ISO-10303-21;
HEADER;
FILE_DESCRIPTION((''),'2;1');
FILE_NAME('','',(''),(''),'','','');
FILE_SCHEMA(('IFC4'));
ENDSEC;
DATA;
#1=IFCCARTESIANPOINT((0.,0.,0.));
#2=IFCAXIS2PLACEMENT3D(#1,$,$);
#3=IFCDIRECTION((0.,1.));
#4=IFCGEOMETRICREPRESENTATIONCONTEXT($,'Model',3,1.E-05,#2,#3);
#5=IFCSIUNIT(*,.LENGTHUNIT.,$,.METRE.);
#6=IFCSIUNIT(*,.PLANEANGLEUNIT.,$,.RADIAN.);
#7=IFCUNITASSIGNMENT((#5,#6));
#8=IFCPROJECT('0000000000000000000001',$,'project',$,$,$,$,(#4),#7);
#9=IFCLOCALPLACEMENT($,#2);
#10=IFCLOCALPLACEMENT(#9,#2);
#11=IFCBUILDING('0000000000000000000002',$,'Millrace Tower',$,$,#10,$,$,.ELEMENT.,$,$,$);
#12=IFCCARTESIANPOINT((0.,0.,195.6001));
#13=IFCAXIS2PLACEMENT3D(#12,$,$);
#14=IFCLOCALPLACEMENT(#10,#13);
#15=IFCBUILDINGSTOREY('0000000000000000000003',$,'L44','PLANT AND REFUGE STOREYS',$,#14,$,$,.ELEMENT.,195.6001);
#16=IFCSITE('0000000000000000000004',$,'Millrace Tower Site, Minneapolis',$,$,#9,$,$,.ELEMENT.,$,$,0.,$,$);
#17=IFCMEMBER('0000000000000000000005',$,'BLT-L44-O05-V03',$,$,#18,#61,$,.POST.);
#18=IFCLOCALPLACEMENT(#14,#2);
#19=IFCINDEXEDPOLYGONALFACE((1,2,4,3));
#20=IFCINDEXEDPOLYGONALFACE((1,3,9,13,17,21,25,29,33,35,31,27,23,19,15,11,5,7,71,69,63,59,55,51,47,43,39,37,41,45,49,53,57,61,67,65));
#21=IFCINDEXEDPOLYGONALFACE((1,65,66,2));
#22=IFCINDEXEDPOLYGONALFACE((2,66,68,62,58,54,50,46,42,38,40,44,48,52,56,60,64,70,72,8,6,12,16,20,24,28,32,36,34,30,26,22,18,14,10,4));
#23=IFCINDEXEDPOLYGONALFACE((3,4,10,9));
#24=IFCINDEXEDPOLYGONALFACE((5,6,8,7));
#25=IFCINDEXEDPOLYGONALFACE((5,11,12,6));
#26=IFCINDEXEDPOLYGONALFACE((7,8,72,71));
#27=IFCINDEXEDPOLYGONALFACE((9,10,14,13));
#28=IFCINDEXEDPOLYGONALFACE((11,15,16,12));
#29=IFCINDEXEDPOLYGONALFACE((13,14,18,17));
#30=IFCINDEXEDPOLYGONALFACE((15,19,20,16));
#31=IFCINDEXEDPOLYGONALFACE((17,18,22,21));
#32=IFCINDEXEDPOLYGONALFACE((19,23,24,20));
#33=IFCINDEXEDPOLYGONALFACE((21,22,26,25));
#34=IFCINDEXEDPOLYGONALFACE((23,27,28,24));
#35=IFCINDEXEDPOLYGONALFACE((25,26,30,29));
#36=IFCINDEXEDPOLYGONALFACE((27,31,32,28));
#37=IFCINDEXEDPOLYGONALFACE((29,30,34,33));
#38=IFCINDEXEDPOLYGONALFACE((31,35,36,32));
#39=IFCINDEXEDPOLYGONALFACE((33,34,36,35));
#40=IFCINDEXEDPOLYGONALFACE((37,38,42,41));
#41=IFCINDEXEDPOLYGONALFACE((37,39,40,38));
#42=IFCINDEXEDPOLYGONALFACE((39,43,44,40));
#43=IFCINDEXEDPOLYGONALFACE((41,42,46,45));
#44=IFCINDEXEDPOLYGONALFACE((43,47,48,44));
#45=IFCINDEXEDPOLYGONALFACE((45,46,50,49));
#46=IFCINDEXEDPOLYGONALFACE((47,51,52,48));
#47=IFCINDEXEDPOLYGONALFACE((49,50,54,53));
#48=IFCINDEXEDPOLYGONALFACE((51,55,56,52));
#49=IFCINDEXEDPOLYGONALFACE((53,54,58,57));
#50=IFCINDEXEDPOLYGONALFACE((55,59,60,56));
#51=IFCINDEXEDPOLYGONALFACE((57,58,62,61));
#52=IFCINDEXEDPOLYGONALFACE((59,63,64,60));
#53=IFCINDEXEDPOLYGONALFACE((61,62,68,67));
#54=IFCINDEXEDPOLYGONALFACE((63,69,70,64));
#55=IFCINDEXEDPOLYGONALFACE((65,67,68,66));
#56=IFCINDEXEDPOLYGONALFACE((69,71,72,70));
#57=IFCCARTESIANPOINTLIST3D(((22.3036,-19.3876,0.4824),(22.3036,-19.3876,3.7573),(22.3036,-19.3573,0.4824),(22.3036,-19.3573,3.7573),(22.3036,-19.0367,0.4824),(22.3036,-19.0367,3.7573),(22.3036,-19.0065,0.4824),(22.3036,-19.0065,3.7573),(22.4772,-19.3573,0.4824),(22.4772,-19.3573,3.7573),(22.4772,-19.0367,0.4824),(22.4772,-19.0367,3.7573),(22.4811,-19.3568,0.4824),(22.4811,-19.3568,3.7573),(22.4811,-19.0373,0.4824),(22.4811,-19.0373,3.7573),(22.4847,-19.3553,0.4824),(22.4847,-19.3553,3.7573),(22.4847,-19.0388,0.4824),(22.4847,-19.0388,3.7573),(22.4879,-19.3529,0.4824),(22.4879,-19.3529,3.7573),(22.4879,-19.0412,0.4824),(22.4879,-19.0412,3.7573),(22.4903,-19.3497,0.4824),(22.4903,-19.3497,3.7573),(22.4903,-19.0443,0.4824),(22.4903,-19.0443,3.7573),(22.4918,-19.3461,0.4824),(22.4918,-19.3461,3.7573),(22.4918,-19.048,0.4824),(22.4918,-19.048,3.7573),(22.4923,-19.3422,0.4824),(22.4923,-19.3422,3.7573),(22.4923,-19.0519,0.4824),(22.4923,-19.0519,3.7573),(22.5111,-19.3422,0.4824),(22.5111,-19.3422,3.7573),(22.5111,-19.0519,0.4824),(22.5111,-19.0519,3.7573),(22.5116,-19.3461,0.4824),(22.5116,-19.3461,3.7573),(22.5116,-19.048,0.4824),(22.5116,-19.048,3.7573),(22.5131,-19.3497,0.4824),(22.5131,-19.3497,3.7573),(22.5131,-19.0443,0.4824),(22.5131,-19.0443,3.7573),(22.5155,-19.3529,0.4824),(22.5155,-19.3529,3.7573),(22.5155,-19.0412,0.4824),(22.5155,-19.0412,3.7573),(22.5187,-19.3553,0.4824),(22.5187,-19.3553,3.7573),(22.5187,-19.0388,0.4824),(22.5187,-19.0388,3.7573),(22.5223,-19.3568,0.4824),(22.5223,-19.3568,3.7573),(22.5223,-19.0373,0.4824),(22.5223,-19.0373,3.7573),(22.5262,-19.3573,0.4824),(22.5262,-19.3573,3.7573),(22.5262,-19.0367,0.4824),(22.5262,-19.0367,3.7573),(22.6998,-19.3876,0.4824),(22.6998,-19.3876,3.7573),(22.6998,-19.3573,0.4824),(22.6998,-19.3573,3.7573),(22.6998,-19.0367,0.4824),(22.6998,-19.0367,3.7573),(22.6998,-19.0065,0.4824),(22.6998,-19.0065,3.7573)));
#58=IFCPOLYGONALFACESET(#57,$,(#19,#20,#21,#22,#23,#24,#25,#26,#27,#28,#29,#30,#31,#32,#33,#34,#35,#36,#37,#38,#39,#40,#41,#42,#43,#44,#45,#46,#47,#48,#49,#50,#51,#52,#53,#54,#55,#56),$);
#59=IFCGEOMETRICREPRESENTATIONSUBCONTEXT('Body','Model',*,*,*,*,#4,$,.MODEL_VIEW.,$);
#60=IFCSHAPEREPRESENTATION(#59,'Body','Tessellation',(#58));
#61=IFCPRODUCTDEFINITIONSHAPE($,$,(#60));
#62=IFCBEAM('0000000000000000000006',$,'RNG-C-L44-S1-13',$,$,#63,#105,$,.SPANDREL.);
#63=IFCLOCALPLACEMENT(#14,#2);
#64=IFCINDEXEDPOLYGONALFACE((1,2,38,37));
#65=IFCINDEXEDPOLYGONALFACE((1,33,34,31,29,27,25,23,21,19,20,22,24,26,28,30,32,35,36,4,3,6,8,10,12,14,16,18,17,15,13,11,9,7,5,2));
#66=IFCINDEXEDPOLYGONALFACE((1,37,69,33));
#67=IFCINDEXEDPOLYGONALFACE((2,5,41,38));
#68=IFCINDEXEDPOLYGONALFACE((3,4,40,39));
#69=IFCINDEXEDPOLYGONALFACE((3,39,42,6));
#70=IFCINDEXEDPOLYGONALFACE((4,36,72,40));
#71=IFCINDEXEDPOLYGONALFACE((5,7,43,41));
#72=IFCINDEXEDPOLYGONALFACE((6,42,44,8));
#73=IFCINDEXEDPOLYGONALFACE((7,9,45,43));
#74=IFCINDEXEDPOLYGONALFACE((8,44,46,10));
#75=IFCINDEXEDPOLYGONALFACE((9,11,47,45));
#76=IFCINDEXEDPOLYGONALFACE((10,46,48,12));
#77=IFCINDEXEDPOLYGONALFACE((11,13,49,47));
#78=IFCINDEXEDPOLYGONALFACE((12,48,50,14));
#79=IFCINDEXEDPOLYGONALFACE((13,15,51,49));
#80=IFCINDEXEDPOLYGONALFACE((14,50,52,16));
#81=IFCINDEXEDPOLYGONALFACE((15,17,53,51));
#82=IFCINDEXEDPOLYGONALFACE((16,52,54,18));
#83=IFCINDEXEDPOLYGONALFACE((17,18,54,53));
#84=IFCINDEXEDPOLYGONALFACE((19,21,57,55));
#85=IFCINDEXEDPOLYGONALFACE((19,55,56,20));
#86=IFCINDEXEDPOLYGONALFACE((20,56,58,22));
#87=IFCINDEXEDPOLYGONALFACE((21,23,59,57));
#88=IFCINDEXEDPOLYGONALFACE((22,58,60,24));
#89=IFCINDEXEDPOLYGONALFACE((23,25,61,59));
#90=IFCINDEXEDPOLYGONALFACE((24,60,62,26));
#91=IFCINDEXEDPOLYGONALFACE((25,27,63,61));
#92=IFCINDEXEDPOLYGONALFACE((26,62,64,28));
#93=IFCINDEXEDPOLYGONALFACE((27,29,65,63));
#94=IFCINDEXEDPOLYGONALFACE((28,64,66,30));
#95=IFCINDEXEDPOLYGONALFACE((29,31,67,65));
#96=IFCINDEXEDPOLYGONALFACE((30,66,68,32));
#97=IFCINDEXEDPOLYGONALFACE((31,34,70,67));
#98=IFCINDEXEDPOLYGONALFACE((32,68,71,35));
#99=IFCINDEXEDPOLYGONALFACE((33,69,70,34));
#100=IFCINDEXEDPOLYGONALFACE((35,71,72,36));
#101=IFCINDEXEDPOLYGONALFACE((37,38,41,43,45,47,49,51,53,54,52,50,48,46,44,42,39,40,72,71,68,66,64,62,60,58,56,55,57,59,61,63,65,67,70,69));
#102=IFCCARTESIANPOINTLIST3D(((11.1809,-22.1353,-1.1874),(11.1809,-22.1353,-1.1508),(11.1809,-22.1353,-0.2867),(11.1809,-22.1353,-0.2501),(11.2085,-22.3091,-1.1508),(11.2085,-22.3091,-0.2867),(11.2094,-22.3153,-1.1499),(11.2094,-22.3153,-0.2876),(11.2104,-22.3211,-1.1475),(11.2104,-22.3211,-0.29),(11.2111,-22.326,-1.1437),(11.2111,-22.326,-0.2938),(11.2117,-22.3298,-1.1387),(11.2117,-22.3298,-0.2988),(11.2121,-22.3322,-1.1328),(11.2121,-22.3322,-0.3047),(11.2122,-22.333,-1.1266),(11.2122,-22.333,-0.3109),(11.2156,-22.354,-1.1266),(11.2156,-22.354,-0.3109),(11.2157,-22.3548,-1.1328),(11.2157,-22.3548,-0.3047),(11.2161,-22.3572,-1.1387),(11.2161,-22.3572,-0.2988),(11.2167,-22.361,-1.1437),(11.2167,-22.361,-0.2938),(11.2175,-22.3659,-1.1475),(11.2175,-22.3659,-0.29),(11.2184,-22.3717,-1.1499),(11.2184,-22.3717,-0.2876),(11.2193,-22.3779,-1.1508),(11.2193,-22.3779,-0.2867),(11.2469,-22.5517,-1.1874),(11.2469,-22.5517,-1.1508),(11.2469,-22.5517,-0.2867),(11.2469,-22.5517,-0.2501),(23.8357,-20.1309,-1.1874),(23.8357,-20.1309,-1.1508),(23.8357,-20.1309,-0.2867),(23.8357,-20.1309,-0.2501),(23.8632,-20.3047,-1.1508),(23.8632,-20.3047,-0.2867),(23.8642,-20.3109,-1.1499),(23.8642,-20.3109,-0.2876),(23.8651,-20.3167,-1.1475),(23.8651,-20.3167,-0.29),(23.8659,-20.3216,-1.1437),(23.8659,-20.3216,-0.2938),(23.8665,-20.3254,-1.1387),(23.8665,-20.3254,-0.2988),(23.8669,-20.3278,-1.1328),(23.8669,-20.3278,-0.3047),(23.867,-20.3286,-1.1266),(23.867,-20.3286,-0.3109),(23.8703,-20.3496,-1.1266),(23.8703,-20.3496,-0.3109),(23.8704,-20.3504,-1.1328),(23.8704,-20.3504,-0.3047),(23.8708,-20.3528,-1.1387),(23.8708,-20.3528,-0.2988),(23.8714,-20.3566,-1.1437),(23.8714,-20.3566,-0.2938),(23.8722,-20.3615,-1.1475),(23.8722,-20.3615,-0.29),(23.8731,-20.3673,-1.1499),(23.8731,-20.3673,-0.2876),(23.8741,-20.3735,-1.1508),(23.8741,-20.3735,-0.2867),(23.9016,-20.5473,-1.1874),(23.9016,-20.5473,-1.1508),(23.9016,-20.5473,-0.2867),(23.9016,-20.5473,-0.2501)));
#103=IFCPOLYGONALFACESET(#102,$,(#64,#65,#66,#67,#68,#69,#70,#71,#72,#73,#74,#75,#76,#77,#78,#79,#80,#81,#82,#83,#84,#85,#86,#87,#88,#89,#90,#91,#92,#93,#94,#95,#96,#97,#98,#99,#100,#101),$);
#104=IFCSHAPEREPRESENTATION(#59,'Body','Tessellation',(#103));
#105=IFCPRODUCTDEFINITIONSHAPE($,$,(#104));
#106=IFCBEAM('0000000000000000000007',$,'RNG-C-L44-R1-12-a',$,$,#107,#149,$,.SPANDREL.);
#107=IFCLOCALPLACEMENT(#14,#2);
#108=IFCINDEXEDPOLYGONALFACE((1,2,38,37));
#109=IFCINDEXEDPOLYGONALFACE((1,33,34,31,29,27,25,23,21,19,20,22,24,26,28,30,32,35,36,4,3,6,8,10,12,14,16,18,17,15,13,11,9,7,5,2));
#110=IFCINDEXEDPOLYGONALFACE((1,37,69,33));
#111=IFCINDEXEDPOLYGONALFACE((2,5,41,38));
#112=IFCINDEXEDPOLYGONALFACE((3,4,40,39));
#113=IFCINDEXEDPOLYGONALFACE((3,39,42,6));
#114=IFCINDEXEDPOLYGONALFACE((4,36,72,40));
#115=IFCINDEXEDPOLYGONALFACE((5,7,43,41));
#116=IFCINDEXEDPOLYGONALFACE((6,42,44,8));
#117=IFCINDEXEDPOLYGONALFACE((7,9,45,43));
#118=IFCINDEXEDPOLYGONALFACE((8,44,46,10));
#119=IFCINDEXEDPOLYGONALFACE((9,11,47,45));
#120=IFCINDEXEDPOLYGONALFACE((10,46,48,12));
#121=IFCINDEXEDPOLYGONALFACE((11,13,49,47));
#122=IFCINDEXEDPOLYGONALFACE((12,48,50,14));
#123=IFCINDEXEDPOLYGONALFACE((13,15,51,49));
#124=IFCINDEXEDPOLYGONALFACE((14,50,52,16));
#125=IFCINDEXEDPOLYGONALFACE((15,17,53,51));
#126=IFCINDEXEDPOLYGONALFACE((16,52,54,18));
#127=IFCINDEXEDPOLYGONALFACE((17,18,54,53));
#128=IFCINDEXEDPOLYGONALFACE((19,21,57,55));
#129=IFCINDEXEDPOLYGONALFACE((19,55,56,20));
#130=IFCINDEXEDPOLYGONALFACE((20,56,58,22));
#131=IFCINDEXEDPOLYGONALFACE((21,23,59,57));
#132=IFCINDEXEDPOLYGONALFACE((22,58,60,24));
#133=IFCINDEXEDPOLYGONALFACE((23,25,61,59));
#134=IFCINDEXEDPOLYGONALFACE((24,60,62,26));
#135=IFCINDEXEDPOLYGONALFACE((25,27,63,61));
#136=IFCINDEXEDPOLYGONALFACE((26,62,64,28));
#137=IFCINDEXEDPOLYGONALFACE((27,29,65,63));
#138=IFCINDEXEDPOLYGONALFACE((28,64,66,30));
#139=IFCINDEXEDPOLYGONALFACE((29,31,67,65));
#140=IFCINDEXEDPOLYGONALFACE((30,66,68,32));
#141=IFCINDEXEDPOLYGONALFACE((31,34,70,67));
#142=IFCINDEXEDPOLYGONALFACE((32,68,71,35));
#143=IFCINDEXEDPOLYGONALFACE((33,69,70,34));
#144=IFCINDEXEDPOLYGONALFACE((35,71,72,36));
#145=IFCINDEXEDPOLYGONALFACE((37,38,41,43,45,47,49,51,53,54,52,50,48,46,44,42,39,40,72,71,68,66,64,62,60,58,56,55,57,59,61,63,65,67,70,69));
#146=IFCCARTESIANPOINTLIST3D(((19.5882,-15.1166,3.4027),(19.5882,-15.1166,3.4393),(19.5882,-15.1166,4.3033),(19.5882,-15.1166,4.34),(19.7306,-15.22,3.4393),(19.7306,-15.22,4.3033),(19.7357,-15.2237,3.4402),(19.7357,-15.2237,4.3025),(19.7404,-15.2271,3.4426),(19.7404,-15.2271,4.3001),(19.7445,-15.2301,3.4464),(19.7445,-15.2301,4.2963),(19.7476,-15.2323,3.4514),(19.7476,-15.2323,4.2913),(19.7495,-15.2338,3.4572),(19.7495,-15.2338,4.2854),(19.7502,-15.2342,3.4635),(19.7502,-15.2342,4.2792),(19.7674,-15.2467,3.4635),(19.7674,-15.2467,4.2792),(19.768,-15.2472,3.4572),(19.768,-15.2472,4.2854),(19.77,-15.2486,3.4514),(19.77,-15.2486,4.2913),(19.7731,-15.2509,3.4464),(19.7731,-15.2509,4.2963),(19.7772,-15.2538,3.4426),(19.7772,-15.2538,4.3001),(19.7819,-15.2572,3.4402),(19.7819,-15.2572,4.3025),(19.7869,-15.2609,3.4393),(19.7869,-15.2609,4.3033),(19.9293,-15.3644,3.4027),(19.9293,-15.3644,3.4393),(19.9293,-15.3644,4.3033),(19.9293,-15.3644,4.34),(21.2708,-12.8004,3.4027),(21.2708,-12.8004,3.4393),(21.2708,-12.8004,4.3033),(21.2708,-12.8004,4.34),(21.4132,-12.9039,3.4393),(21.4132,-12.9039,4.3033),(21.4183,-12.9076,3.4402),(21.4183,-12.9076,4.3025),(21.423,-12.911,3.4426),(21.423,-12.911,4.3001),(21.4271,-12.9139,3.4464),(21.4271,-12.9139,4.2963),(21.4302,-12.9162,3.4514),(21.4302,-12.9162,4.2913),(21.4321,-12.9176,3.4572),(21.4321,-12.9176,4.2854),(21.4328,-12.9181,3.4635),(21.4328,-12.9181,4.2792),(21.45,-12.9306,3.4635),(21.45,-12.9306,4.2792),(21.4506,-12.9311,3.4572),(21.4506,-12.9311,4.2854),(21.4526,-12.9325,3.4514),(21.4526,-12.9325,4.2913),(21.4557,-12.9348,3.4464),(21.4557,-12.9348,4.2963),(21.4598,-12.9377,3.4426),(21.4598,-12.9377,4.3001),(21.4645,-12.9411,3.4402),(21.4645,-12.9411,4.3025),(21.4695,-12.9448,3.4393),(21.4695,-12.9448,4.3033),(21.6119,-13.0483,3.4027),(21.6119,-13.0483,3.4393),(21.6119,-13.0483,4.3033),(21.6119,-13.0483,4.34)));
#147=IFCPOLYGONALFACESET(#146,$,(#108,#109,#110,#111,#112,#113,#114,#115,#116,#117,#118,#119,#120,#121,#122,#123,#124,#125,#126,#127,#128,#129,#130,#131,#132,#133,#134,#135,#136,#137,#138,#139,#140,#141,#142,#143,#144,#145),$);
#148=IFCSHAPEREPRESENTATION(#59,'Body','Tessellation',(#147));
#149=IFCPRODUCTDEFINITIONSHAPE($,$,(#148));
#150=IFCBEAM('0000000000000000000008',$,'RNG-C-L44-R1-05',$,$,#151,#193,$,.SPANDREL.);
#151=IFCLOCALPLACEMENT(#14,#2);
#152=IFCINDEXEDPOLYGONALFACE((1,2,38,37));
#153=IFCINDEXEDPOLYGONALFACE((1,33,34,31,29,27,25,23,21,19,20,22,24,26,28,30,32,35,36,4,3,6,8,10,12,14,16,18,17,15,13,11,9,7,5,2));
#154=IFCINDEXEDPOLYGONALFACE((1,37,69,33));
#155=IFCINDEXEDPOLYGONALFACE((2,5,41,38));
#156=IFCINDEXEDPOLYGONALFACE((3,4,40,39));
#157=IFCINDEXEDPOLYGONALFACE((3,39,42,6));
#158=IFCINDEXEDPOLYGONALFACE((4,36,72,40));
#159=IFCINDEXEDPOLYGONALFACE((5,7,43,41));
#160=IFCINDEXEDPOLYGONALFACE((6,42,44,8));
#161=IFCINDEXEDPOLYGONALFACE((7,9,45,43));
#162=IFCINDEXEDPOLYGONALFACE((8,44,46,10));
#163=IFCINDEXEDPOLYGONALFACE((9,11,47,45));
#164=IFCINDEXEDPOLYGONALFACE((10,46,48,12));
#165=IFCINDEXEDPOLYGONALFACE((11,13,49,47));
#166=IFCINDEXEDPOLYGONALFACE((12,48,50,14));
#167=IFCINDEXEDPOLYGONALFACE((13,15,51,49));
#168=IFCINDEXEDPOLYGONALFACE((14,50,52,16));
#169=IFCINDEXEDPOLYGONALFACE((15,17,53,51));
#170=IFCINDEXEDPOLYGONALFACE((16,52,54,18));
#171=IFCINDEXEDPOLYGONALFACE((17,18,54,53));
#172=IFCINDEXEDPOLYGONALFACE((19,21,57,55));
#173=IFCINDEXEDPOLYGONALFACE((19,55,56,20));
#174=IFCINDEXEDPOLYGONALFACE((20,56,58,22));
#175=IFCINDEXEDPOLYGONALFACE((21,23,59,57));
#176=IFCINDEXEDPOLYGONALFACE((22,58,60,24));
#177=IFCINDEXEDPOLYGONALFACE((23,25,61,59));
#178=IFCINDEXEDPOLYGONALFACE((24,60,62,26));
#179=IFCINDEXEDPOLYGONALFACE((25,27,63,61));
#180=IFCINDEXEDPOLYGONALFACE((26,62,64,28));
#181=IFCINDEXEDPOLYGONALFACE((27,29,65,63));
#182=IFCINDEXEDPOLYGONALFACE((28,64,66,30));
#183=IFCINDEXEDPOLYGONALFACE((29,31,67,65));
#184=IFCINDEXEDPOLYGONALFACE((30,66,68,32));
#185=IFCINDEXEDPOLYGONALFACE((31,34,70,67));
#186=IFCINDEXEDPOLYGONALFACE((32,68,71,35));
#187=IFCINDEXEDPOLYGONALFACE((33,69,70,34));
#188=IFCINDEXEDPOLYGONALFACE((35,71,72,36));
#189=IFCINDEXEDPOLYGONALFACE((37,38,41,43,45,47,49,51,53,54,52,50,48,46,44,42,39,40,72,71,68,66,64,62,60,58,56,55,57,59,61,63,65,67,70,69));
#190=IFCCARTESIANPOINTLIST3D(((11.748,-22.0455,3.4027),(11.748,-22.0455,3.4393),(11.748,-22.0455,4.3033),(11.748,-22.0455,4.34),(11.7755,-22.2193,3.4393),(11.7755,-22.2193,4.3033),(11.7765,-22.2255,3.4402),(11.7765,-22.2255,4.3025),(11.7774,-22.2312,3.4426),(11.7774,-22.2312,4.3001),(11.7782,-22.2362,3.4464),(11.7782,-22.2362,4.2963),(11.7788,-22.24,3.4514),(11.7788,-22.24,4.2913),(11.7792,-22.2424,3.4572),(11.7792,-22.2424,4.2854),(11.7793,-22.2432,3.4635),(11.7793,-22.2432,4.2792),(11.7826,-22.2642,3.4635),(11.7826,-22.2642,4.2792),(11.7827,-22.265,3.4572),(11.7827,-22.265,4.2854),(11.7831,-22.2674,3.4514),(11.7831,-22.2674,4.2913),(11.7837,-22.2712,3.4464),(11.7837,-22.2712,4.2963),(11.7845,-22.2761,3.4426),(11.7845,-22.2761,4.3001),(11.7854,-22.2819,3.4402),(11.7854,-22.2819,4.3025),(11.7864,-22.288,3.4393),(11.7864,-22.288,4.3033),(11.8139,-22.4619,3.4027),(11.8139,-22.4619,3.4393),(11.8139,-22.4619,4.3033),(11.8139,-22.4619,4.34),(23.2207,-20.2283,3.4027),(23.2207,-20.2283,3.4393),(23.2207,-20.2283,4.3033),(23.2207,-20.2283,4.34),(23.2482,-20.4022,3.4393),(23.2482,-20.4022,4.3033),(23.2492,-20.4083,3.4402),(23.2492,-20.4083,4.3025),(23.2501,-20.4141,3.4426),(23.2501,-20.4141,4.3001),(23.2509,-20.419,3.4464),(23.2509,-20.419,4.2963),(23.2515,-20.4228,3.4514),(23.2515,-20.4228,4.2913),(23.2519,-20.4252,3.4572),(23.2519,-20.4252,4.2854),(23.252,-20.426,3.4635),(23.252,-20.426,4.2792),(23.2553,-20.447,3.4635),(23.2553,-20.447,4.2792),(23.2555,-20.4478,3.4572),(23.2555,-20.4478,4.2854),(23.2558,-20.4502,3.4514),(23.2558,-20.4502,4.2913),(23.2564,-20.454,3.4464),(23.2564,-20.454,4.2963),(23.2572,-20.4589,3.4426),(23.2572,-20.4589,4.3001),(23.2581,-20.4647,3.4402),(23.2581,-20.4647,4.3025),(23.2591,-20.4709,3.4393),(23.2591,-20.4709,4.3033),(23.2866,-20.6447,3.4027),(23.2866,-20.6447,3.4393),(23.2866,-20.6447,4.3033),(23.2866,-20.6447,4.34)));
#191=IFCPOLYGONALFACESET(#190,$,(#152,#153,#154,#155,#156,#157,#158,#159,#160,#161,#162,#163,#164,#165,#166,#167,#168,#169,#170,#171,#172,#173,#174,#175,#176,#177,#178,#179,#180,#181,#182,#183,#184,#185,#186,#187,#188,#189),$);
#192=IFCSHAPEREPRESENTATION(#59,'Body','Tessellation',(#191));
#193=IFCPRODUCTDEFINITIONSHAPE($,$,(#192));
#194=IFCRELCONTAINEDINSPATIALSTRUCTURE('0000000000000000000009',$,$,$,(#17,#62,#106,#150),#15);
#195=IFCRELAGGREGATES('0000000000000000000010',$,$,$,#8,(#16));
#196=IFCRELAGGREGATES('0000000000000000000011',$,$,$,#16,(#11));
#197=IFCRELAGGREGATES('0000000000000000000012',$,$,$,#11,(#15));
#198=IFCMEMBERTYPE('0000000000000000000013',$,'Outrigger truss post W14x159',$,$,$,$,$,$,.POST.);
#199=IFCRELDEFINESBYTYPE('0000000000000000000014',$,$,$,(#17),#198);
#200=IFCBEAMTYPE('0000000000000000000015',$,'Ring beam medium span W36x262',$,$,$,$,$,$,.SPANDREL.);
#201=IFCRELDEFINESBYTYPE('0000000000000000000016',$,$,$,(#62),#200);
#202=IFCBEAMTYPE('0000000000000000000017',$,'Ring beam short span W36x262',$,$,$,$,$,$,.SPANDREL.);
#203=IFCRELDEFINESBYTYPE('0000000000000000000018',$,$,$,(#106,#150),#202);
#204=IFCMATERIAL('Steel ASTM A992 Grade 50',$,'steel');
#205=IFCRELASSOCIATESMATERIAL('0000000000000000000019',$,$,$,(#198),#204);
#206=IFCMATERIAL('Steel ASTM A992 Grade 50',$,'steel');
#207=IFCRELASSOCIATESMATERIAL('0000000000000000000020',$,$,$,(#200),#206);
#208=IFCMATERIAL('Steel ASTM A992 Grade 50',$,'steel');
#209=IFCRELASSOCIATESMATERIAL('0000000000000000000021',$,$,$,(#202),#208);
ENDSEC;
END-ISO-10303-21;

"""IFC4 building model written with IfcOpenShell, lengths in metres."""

from ifc_helpers import new_model, si_unit, direction, frame, origin, origin_2d, place, context, subcontext, project, spatial, i_section, extrude, material, material_profile, profile_set, type_object, element, save


model = new_model("IFC4")

# Units and contexts
model_context = context("Model", 3, precision=1e-05, world=origin(), true_north=direction((0.0, 1.0)))
body_context = subcontext(model_context, "Body", "Model", "MODEL_VIEW")
ifc_project = project(units=[si_unit("LENGTHUNIT", "METRE"), si_unit("PLANEANGLEUNIT", "RADIAN")], contexts=[model_context])

# Site, building, storey
site_placement = place(None, origin())
site = spatial("IfcSite", under=ifc_project, at=site_placement, Name="Millrace Tower Site, Minneapolis", CompositionType="ELEMENT", RefElevation=0.0)
building_placement = place(site_placement, origin())
building = spatial("IfcBuilding", under=site, at=building_placement, Name="Millrace Tower", CompositionType="ELEMENT")
storey_placement = place(building_placement, frame((0.0, 0.0, 195.6001)))
storey = spatial("IfcBuildingStorey", under=building, at=storey_placement, Name="L44", Description="PLANT AND REFUGE STOREYS", CompositionType="ELEMENT", Elevation=195.6001)

# Member
ifc_material_1 = material(Name="Steel ASTM A992 Grade 50", Category="steel")
ifc_material_profile_1 = material_profile(ifc_material_1, i_section(OverallWidth=0.3962, OverallDepth=0.3811, WebThickness=0.0188, FlangeThickness=0.0303, FilletRadius=0.0151, at=origin_2d()))
ifc_profile_set_1 = profile_set([ifc_material_profile_1], Name="Steel ASTM A992 Grade 50")
member_type_1 = type_object("IfcMemberType", Name="Outrigger truss post W14x159", PredefinedType="POST", material=ifc_profile_set_1)
for number, where, z_axis, x_axis, name in (
    (1, (22.5017, -19.197, 0.4824), (0.0, 0.0, 1.0), (1.0, 0.0, 0.0), "BLT-L44-O05-V03"),
):
    element("IfcMember", number, at=place(storey_placement, frame(where, z_axis=z_axis, x_axis=x_axis)), inside=storey, type_object=member_type_1, Name=name, PredefinedType="POST", context=body_context, shape_type="SweptSolid", body=[
        extrude(i_section(OverallWidth=0.3962, OverallDepth=0.3811, WebThickness=0.0188, FlangeThickness=0.0303, FilletRadius=0.0151, at=origin_2d()), origin(), (0.0, 0.0, 1.0), 3.2749),
    ])

# Beams
ifc_material_2 = material(Name="Steel ASTM A992 Grade 50", Category="steel")
ifc_material_profile_2 = material_profile(ifc_material_2, i_section(OverallWidth=0.4216, OverallDepth=0.9373, WebThickness=0.0212, FlangeThickness=0.0366, FilletRadius=0.0242, at=origin_2d()))
ifc_profile_set_2 = profile_set([ifc_material_profile_2], Name="Steel ASTM A992 Grade 50")
beam_type_1 = type_object("IfcBeamType", Name="Ring beam medium span W36x262", PredefinedType="SPANDREL", material=ifc_profile_set_2)
beam_1_placement = place(storey_placement, frame((23.8687, -20.3391, -0.7188), z_axis=(-0.987687, -0.15644, 0.0), x_axis=(0.15644, -0.987687, 0.0)))
element("IfcBeam", 2, at=beam_1_placement, inside=storey, type_object=beam_type_1, Name="RNG-C-L44-S1-13", PredefinedType="SPANDREL", context=body_context, shape_type="SweptSolid", body=[
    extrude(i_section(OverallWidth=0.4216, OverallDepth=0.9373, WebThickness=0.0212, FlangeThickness=0.0366, FilletRadius=0.0242, at=origin_2d()), origin(), (0.0, 0.0, 1.0), 12.8125),
])
ifc_material_3 = material(Name="Steel ASTM A992 Grade 50", Category="steel")
ifc_material_profile_3 = material_profile(ifc_material_3, i_section(OverallWidth=0.4216, OverallDepth=0.9373, WebThickness=0.0212, FlangeThickness=0.0366, FilletRadius=0.0242, at=origin_2d()))
ifc_profile_set_3 = profile_set([ifc_material_profile_3], Name="Steel ASTM A992 Grade 50")
beam_type_2 = type_object("IfcBeamType", Name="Ring beam short span W36x262", PredefinedType="SPANDREL", material=ifc_profile_set_3)
beam_2_placement = place(storey_placement, frame((19.7588, -15.2405, 3.8713), z_axis=(0.587746, 0.809046, 0.0), x_axis=(-0.809046, 0.587746, 0.0)))
element("IfcBeam", 3, at=beam_2_placement, inside=storey, type_object=beam_type_2, Name="RNG-C-L44-R1-12-a", PredefinedType="SPANDREL", context=body_context, shape_type="SweptSolid", body=[
    extrude(i_section(OverallWidth=0.4216, OverallDepth=0.9373, WebThickness=0.0212, FlangeThickness=0.0366, FilletRadius=0.0242, at=origin_2d()), origin(), (0.0, 0.0, 1.0), 2.8628),
])
beam_3_placement = place(storey_placement, frame((23.2537, -20.4365, 3.8713), z_axis=(-0.987688, -0.156439, 0.0), x_axis=(0.156439, -0.987688, 0.0)))
element("IfcBeam", 4, at=beam_3_placement, inside=storey, type_object=beam_type_2, Name="RNG-C-L44-R1-05", PredefinedType="SPANDREL", context=body_context, shape_type="SweptSolid", body=[
    extrude(i_section(OverallWidth=0.4216, OverallDepth=0.9373, WebThickness=0.0212, FlangeThickness=0.0366, FilletRadius=0.0242, at=origin_2d()), origin(), (0.0, 0.0, 1.0), 11.6157),
])

save(model, "model.ifc")
